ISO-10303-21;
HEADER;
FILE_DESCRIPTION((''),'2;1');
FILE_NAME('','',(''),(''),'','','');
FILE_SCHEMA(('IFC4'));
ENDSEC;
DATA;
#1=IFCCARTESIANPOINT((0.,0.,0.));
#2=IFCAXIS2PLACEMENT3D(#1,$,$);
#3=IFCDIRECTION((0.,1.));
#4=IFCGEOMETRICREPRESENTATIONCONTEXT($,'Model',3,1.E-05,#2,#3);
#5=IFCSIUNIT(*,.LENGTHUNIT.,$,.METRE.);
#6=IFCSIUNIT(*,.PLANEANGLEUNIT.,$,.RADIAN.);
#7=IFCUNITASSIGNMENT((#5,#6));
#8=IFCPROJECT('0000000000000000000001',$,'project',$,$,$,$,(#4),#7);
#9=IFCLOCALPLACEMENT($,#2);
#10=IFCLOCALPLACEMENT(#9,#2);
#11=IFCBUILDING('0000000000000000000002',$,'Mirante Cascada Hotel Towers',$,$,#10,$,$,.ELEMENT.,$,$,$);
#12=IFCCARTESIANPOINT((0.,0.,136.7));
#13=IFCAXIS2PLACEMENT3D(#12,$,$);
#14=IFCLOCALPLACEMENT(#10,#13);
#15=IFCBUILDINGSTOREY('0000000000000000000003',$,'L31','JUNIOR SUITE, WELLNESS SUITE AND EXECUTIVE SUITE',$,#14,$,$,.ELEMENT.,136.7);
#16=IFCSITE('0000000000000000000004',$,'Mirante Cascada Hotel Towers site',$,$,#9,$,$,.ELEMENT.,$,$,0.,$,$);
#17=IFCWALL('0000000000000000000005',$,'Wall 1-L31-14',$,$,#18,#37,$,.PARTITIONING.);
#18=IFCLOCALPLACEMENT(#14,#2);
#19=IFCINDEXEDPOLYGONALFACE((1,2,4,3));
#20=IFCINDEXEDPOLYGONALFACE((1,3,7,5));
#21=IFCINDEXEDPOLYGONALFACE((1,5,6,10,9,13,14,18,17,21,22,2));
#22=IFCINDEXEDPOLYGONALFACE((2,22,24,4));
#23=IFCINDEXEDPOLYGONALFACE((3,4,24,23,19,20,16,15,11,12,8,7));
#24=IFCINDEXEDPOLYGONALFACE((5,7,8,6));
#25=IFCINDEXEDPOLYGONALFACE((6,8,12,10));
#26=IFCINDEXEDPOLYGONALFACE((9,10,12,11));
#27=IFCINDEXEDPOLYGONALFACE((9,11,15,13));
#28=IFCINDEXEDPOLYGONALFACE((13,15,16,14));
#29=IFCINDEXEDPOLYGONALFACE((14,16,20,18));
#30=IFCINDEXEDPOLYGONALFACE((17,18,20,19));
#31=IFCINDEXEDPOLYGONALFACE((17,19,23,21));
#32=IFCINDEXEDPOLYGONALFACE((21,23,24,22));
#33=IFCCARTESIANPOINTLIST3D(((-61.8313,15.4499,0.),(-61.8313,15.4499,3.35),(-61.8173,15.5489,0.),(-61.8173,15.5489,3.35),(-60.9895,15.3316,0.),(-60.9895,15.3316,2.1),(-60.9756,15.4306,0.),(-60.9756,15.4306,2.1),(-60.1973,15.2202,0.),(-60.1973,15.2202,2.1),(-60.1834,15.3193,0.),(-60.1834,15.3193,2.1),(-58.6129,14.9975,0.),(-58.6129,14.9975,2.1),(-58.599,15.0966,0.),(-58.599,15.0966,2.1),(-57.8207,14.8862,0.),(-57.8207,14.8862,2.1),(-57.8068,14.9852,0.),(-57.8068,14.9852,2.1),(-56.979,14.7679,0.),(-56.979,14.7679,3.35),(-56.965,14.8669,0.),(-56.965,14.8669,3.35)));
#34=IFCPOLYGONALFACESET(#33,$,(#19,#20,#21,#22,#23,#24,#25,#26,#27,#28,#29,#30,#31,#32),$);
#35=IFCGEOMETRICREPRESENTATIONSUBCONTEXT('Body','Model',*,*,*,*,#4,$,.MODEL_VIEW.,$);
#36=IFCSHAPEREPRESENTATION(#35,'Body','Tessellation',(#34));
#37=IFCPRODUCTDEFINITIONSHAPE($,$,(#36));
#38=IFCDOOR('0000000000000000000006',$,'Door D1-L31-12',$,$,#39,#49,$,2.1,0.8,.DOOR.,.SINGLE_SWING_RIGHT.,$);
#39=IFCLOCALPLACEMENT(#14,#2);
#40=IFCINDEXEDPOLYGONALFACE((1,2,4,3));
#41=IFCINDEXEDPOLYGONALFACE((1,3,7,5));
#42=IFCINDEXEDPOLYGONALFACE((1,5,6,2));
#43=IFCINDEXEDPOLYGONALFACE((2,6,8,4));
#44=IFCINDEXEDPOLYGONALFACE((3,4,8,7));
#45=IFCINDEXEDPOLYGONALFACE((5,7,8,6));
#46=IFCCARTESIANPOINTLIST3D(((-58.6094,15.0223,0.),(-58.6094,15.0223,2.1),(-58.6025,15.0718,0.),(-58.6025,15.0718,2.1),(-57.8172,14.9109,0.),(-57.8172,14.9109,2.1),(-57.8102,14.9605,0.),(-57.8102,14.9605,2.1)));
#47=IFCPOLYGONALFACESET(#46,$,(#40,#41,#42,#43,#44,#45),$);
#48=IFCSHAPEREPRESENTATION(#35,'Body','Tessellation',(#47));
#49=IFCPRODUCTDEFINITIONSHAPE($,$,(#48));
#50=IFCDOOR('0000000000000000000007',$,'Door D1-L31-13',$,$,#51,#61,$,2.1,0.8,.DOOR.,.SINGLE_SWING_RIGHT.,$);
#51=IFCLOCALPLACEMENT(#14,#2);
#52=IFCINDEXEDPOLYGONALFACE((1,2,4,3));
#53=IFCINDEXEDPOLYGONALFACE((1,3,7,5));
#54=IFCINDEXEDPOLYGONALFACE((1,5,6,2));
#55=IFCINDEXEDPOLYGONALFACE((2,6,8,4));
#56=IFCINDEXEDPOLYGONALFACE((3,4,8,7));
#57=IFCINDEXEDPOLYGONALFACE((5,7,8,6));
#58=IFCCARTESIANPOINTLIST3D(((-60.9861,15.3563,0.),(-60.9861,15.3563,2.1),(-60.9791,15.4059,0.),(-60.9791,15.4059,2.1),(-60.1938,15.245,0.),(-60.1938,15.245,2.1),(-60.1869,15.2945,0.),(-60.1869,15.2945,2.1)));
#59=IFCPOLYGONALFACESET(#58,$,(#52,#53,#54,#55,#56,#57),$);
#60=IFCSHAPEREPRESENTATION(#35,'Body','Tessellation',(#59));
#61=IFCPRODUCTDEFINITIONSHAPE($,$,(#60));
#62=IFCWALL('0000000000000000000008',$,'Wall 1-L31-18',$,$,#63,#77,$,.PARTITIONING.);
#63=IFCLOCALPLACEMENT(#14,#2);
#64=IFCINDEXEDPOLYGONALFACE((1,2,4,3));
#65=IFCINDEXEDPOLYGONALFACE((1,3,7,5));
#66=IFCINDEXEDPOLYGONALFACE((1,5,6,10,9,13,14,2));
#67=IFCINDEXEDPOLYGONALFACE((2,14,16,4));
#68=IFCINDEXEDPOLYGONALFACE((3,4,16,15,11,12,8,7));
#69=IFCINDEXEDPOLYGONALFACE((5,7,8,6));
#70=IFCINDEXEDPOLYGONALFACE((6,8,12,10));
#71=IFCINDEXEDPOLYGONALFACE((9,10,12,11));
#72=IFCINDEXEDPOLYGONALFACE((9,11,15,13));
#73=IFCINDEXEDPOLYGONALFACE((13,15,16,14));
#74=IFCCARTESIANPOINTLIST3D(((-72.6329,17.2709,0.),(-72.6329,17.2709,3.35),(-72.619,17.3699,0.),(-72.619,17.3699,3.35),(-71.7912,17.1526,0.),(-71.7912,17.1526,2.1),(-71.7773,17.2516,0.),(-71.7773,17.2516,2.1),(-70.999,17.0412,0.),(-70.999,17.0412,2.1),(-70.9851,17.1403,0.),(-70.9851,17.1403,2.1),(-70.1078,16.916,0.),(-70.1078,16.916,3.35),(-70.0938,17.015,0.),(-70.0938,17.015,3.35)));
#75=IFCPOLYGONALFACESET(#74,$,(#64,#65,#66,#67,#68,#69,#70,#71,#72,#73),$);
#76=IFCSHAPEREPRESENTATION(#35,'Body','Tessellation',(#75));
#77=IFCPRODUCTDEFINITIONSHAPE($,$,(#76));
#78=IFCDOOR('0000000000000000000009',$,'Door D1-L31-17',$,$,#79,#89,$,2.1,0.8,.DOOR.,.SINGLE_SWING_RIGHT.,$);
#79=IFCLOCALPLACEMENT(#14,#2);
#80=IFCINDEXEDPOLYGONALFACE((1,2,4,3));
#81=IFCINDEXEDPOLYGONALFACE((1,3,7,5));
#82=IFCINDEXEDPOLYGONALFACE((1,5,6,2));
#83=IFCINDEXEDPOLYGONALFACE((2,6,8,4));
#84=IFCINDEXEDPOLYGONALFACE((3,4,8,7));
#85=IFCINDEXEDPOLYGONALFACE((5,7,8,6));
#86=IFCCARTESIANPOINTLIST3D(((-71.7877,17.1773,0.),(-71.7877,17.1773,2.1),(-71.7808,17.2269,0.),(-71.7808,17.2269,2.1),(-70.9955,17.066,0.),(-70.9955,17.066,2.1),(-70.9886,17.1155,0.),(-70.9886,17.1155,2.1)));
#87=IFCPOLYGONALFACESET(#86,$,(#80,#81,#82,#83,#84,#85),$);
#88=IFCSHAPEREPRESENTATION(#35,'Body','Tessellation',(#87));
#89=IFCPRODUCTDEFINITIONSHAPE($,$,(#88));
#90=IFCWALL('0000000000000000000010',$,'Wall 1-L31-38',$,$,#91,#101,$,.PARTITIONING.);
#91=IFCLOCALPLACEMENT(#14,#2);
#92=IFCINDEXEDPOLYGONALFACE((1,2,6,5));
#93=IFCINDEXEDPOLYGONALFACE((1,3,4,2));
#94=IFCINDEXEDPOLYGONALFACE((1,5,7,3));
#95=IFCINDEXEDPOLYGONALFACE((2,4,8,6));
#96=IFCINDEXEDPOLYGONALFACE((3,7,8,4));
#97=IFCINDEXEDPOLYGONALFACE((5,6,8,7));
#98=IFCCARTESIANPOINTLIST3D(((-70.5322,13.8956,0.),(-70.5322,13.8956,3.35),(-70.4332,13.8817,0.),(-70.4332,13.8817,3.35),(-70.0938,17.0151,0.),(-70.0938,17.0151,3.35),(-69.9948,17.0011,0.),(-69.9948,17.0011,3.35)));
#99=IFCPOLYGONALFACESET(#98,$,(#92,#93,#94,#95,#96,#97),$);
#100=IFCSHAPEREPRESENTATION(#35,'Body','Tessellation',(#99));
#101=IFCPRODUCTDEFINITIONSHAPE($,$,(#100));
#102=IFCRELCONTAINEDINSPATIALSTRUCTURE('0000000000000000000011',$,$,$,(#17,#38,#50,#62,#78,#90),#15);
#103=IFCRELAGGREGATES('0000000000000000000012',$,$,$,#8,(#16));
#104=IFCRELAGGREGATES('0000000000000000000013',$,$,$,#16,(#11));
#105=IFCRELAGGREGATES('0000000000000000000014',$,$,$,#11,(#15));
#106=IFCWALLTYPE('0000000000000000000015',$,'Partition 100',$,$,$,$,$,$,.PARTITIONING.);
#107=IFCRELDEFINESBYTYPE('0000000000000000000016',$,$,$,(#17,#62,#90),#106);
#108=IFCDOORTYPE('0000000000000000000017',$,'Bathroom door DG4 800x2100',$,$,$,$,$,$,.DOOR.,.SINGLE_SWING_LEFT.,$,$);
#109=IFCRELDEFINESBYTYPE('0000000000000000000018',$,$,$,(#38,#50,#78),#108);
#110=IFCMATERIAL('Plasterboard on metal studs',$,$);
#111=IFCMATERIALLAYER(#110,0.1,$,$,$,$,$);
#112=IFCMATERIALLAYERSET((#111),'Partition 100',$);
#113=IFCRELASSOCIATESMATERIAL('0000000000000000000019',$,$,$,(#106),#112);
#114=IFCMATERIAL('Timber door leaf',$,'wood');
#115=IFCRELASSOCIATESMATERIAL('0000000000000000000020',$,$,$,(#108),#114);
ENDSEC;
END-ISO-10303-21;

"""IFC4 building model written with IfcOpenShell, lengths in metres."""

from ifc_helpers import new_model, si_unit, direction, frame, frame_2d, origin, place, context, subcontext, project, spatial, rectangle, extrude, material, layer, layer_set, type_object, element, fill, save


model = new_model("IFC4")

# Units and contexts
model_context = context("Model", 3, precision=1e-05, world=origin(), true_north=direction((0.0, 1.0)))
body_context = subcontext(model_context, "Body", "Model", "MODEL_VIEW")
ifc_project = project(units=[si_unit("LENGTHUNIT", "METRE"), si_unit("PLANEANGLEUNIT", "RADIAN")], contexts=[model_context])

# Site, building, storey
site_placement = place(None, origin())
site = spatial("IfcSite", under=ifc_project, at=site_placement, Name="Mirante Cascada Hotel Towers site", CompositionType="ELEMENT", RefElevation=0.0)
building_placement = place(site_placement, origin())
building = spatial("IfcBuilding", under=site, at=building_placement, Name="Mirante Cascada Hotel Towers", CompositionType="ELEMENT")
storey_placement = place(building_placement, frame((0.0, 0.0, 136.7)))
storey = spatial("IfcBuildingStorey", under=building, at=storey_placement, Name="L31", Description="JUNIOR SUITE, WELLNESS SUITE AND EXECUTIVE SUITE", CompositionType="ELEMENT", Elevation=136.7)

# Wall, openings, doors
ifc_material_1 = material(Name="Plasterboard on metal studs")
ifc_layer_1 = layer(ifc_material_1, 0.1)
ifc_layer_set_1 = layer_set([ifc_layer_1], Name="Partition 100")
wall_type_1 = type_object("IfcWallType", Name="Partition 100", PredefinedType="PARTITIONING", material=ifc_layer_set_1)
wall_1_placement = place(storey_placement, frame((-56.972, 14.8174, 0.0), z_axis=(0.0, 0.0, 1.0), x_axis=(-0.990267, 0.139184, 0.0)))
wall_1 = element("IfcWall", 1, at=wall_1_placement, inside=storey, type_object=wall_type_1, Name="Wall 1-L31-14", PredefinedType="PARTITIONING", context=body_context, shape_type="SweptSolid", body=[
    extrude(rectangle(XDim=4.9, YDim=0.1, at=frame_2d((2.45, 0.0))), origin(), (0.0, 0.0, 1.0), 3.35),
])
opening_1_placement = place(wall_1_placement, frame((0.85, 0.0, 0.0)))
opening_1 = element("IfcOpeningElement", 2, at=opening_1_placement, cuts=wall_1, PredefinedType="OPENING", context=body_context, shape_type="SweptSolid", body=[
    extrude(rectangle(XDim=0.8, YDim=2.1, at=frame_2d((0.4, 1.05))), frame((0.0, 0.05, 0.0), z_axis=(0.0, -1.0, 0.0), x_axis=(1.0, 0.0, 0.0)), (0.0, 0.0, 1.0), 0.1),
])
opening_2_placement = place(wall_1_placement, frame((3.25, 0.0, 0.0)))
opening_2 = element("IfcOpeningElement", 3, at=opening_2_placement, cuts=wall_1, PredefinedType="OPENING", context=body_context, shape_type="SweptSolid", body=[
    extrude(rectangle(XDim=0.8, YDim=2.1, at=frame_2d((0.4, 1.05))), frame((0.0, 0.05, 0.0), z_axis=(0.0, -1.0, 0.0), x_axis=(1.0, 0.0, 0.0)), (0.0, 0.0, 1.0), 0.1),
])
ifc_material_2 = material(Name="Timber door leaf", Category="wood")
door_type = type_object("IfcDoorType", Name="Bathroom door DG4 800x2100", OperationType="SINGLE_SWING_LEFT", PredefinedType="DOOR", material=ifc_material_2)
door_1_placement = place(opening_1_placement, frame((0.8, 0.0, 0.0), z_axis=(0.0, 0.0, 1.0), x_axis=(-1.0, 0.0, 0.0)))
door_1 = element("IfcDoor", 4, at=door_1_placement, inside=storey, type_object=door_type, Name="Door D1-L31-12", OperationType="SINGLE_SWING_RIGHT", OverallHeight=2.1, OverallWidth=0.8, PredefinedType="DOOR", context=body_context, shape_type="SweptSolid", body=[
    extrude(rectangle(XDim=0.8, YDim=2.1, at=frame_2d((0.4, 1.05))), frame((0.0, 0.025, 0.0), z_axis=(0.0, -1.0, 0.0), x_axis=(1.0, 0.0, 0.0)), (0.0, 0.0, 1.0), 0.05),
])
fill(opening_1, door_1)
door_2_placement = place(opening_2_placement, frame((0.8, 0.0, 0.0), z_axis=(0.0, 0.0, 1.0), x_axis=(-1.0, 0.0, 0.0)))
door_2 = element("IfcDoor", 5, at=door_2_placement, inside=storey, type_object=door_type, Name="Door D1-L31-13", OperationType="SINGLE_SWING_RIGHT", OverallHeight=2.1, OverallWidth=0.8, PredefinedType="DOOR", context=body_context, shape_type="SweptSolid", body=[
    extrude(rectangle(XDim=0.8, YDim=2.1, at=frame_2d((0.4, 1.05))), frame((0.0, 0.025, 0.0), z_axis=(0.0, -1.0, 0.0), x_axis=(1.0, 0.0, 0.0)), (0.0, 0.0, 1.0), 0.05),
])
fill(opening_2, door_2)

# Wall, opening, door
wall_2_placement = place(storey_placement, frame((-70.1008, 16.9655, 0.0), z_axis=(0.0, 0.0, 1.0), x_axis=(-0.990268, 0.139176, 0.0)))
wall_2 = element("IfcWall", 6, at=wall_2_placement, inside=storey, type_object=wall_type_1, Name="Wall 1-L31-18", PredefinedType="PARTITIONING", context=body_context, shape_type="SweptSolid", body=[
    extrude(rectangle(XDim=2.55, YDim=0.1, at=frame_2d((1.275, 0.0))), origin(), (0.0, 0.0, 1.0), 3.35),
])
opening_3_placement = place(wall_2_placement, frame((0.9, 0.0, 0.0)))
opening_3 = element("IfcOpeningElement", 7, at=opening_3_placement, cuts=wall_2, PredefinedType="OPENING", context=body_context, shape_type="SweptSolid", body=[
    extrude(rectangle(XDim=0.8, YDim=2.1, at=frame_2d((0.4, 1.05))), frame((0.0, 0.05, 0.0), z_axis=(0.0, -1.0, 0.0), x_axis=(1.0, 0.0, 0.0)), (0.0, 0.0, 1.0), 0.1),
])
door_3_placement = place(opening_3_placement, frame((0.8, 0.0, 0.0), z_axis=(0.0, 0.0, 1.0), x_axis=(-1.0, 0.0, 0.0)))
door_3 = element("IfcDoor", 8, at=door_3_placement, inside=storey, type_object=door_type, Name="Door D1-L31-17", OperationType="SINGLE_SWING_RIGHT", OverallHeight=2.1, OverallWidth=0.8, PredefinedType="DOOR", context=body_context, shape_type="SweptSolid", body=[
    extrude(rectangle(XDim=0.8, YDim=2.1, at=frame_2d((0.4, 1.05))), frame((0.0, 0.025, 0.0), z_axis=(0.0, -1.0, 0.0), x_axis=(1.0, 0.0, 0.0)), (0.0, 0.0, 1.0), 0.05),
])
fill(opening_3, door_3)

# Wall
wall_3_placement = place(storey_placement, frame((-70.4827, 13.8887, 0.0), z_axis=(0.0, 0.0, 1.0), x_axis=(0.139172, 0.990268, 0.0)))
element("IfcWall", 9, at=wall_3_placement, inside=storey, type_object=wall_type_1, Name="Wall 1-L31-38", PredefinedType="PARTITIONING", context=body_context, shape_type="SweptSolid", body=[
    extrude(rectangle(XDim=3.1501, YDim=0.1, at=frame_2d((1.575, 0.0))), origin(), (0.0, 0.0, 1.0), 3.35),
])

save(model, "model.ifc")
